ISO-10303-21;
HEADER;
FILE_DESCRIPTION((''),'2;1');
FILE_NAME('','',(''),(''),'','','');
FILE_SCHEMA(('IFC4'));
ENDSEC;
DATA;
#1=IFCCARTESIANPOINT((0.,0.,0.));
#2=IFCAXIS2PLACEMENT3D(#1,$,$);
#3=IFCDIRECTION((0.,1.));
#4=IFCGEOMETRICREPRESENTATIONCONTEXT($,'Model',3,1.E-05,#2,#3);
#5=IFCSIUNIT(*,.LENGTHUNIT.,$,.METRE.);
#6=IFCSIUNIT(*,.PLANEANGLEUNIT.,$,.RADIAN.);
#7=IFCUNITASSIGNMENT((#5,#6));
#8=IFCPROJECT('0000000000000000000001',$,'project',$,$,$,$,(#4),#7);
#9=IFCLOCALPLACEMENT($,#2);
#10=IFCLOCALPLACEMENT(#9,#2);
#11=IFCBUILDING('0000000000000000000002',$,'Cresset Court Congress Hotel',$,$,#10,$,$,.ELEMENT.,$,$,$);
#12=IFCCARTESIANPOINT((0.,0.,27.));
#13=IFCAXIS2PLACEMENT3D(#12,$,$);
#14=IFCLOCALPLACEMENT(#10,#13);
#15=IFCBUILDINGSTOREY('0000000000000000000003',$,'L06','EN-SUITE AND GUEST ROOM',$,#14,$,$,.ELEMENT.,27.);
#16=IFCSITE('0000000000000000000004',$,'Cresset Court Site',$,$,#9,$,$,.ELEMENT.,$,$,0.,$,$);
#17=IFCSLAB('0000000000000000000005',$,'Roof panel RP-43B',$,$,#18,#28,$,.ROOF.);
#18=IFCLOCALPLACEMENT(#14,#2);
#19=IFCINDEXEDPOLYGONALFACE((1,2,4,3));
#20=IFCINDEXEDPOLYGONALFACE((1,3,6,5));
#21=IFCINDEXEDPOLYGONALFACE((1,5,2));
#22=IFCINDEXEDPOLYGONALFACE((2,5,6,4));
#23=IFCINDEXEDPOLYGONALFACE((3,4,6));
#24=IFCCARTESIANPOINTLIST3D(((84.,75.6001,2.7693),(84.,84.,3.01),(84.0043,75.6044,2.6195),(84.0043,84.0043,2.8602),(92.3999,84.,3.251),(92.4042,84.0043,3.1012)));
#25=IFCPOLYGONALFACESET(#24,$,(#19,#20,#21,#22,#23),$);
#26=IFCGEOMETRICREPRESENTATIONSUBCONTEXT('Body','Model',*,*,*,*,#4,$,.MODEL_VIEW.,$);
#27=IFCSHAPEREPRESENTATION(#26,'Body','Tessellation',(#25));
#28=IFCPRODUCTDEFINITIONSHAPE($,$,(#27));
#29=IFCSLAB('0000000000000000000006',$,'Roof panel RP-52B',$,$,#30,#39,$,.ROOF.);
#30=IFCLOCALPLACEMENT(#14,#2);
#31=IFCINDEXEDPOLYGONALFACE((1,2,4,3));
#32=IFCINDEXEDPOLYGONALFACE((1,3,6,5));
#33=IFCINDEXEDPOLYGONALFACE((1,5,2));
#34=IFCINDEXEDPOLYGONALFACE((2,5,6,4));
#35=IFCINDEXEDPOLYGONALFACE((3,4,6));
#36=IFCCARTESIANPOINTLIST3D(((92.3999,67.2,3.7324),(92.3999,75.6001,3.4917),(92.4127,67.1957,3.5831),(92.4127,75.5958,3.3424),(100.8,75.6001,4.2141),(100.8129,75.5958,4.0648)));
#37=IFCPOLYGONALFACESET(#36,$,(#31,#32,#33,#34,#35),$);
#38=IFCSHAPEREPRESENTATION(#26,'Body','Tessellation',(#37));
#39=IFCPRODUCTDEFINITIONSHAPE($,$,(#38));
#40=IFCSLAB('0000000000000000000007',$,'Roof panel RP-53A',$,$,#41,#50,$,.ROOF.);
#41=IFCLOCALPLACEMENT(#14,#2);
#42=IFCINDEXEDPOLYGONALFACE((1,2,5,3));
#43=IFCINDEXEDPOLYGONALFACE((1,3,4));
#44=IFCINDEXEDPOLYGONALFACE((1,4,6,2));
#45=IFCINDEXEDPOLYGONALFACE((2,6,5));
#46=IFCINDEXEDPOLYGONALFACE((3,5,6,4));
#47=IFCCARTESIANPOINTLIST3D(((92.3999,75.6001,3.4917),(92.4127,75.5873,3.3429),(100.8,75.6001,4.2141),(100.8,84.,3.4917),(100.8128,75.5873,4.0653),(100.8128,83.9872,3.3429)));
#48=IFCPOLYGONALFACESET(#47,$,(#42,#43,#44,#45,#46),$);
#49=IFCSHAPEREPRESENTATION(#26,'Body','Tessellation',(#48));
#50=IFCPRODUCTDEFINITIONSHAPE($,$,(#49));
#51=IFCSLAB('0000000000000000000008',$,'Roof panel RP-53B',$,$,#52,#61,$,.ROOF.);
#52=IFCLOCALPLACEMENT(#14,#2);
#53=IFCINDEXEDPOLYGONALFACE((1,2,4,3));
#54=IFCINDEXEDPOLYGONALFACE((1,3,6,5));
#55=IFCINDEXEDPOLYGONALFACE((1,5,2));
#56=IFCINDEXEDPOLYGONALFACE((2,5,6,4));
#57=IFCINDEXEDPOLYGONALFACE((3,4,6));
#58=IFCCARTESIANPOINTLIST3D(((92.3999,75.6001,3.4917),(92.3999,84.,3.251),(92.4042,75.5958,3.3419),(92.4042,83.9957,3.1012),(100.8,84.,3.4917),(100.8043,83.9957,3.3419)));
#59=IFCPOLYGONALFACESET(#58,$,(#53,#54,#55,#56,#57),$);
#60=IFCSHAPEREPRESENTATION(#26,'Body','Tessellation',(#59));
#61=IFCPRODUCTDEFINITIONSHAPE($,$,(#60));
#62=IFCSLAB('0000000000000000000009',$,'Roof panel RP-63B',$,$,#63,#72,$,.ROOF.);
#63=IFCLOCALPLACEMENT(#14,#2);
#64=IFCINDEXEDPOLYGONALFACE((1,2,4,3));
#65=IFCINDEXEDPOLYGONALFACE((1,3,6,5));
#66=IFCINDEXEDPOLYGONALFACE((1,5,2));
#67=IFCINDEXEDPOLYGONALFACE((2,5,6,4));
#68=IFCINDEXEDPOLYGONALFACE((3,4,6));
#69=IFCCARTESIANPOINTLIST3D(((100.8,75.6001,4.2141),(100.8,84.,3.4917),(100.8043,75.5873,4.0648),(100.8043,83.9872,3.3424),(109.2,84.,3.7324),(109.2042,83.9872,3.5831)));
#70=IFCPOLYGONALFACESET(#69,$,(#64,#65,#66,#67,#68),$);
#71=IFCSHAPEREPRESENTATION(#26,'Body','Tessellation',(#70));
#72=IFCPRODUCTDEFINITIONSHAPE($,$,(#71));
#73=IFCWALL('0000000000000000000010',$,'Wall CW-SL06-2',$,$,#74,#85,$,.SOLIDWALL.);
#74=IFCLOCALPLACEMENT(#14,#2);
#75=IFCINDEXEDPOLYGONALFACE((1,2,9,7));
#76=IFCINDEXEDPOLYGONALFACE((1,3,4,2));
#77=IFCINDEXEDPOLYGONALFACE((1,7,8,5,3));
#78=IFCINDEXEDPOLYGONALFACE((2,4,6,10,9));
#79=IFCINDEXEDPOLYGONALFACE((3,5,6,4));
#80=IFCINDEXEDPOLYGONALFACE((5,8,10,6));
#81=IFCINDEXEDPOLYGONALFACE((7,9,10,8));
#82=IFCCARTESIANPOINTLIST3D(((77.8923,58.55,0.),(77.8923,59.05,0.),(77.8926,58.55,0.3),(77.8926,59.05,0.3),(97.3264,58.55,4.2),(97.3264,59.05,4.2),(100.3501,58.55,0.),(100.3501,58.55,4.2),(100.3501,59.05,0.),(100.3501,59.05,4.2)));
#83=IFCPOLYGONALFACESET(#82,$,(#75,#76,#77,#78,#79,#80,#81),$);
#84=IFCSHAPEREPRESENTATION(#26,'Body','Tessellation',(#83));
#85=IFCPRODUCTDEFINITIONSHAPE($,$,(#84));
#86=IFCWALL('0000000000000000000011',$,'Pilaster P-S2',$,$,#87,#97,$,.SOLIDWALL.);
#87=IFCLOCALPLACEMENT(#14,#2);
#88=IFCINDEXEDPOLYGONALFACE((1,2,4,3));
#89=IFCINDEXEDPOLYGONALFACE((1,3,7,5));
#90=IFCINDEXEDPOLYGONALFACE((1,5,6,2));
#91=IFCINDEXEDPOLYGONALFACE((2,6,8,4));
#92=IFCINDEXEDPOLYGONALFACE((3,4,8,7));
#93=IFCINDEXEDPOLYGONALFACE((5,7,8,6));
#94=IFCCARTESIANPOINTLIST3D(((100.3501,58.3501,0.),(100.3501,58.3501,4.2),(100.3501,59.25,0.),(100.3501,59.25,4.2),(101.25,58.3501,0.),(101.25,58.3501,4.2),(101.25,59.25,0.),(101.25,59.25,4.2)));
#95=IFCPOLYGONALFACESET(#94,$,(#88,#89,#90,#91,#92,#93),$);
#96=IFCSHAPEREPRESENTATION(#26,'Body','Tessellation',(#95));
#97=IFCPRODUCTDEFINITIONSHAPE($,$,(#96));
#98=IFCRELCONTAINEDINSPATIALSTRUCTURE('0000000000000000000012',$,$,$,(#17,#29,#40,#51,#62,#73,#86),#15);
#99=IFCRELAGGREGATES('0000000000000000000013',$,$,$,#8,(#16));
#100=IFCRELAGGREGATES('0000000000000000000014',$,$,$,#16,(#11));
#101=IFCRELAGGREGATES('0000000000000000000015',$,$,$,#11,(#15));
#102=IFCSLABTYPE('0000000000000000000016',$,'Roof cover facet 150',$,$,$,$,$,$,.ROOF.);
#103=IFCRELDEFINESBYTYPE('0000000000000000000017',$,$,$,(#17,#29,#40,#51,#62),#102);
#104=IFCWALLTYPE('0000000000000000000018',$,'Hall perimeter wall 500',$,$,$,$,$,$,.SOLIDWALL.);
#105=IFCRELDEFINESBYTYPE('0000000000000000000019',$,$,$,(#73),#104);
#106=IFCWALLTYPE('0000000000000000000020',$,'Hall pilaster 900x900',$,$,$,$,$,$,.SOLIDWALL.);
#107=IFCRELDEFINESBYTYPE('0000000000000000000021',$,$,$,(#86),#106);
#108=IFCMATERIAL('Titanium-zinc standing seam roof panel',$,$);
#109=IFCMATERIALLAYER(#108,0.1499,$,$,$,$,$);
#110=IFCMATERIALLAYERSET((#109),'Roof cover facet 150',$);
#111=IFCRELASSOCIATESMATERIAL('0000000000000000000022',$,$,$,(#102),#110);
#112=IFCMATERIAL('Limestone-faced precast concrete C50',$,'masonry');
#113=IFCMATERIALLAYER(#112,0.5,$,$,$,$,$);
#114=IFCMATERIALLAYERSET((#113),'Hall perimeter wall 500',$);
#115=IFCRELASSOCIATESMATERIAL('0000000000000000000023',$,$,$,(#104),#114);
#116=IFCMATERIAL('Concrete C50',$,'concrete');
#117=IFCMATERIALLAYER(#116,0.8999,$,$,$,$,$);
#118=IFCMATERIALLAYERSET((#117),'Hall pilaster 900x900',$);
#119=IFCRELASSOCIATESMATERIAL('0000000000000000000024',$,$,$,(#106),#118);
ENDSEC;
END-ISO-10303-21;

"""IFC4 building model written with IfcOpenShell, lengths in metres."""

from ifc_helpers import new_model, si_unit, direction, frame, frame_2d, origin, place, context, subcontext, project, spatial, polyline, rectangle, outline, extrude, material, layer, layer_set, type_object, element, save


model = new_model("IFC4")

# Units and contexts
model_context = context("Model", 3, precision=1e-05, world=origin(), true_north=direction((0.0, 1.0)))
body_context = subcontext(model_context, "Body", "Model", "MODEL_VIEW")
ifc_project = project(units=[si_unit("LENGTHUNIT", "METRE"), si_unit("PLANEANGLEUNIT", "RADIAN")], contexts=[model_context])

# Site, building, storey
site_placement = place(None, origin())
site = spatial("IfcSite", under=ifc_project, at=site_placement, Name="Cresset Court Site", CompositionType="ELEMENT", RefElevation=0.0)
building_placement = place(site_placement, origin())
building = spatial("IfcBuilding", under=site, at=building_placement, Name="Cresset Court Congress Hotel", CompositionType="ELEMENT")
storey_placement = place(building_placement, frame((0.0, 0.0, 27.0)))
storey = spatial("IfcBuildingStorey", under=building, at=storey_placement, Name="L06", Description="EN-SUITE AND GUEST ROOM", CompositionType="ELEMENT", Elevation=27.0)

# Slabs
ifc_material_1 = material(Name="Titanium-zinc standing seam roof panel")
ifc_layer_1 = layer(ifc_material_1, 0.1499)
ifc_layer_set_1 = layer_set([ifc_layer_1], Name="Roof cover facet 150")
slab_type = type_object("IfcSlabType", Name="Roof cover facet 150", PredefinedType="ROOF", material=ifc_layer_set_1)
slab_1_placement = place(storey_placement, frame((84.0, 75.6001, 2.7693), z_axis=(-0.028663, -0.028634, 0.999179), x_axis=(0.706526, 0.706526, 0.040515)))
element("IfcSlab", 1, at=slab_1_placement, inside=storey, type_object=slab_type, Name="Roof panel RP-43B", PredefinedType="ROOF", context=body_context, shape_type="SweptSolid", body=[
    extrude(outline(polyline([(0.0, 0.0), (11.889, 0.0), (5.9445, 5.9396), (0.0, 0.0)])), origin(), (0.0, 0.0, -1.0), 0.1499),
])
slab_2_placement = place(storey_placement, frame((92.3999, 67.2, 3.7324), z_axis=(-0.085649, 0.02854, 0.995917), x_axis=(0.706526, 0.706526, 0.040514)))
element("IfcSlab", 2, at=slab_2_placement, inside=storey, type_object=slab_type, Name="Roof panel RP-52B", PredefinedType="ROOF", context=body_context, shape_type="SweptSolid", body=[
    extrude(outline(polyline([(0.0, 0.0), (11.8894, 0.0), (5.9252, 5.9593), (0.0, 0.0)])), origin(), (0.0, 0.0, -1.0), 0.1499),
])
slab_3_placement = place(storey_placement, frame((92.3999, 75.6001, 3.4917), z_axis=(-0.085371, 0.085373, 0.992685), x_axis=(0.996322, 0.0, 0.085684)))
element("IfcSlab", 3, at=slab_3_placement, inside=storey, type_object=slab_type, Name="Roof panel RP-53A", PredefinedType="ROOF", context=body_context, shape_type="SweptSolid", body=[
    extrude(outline(polyline([(0.0, 0.0), (8.4312, 0.0), (8.3693, 8.4307), (0.0, 0.0)])), origin(), (0.0, 0.0, -1.0), 0.1499),
])
slab_4_placement = place(storey_placement, frame((92.3999, 75.6001, 3.4917), z_axis=(-0.028633, 0.028634, 0.99918), x_axis=(0.707117, 0.707097, 0.0)))
element("IfcSlab", 4, at=slab_4_placement, inside=storey, type_object=slab_type, Name="Roof panel RP-53B", PredefinedType="ROOF", context=body_context, shape_type="SweptSolid", body=[
    extrude(outline(polyline([(0.0, 0.0), (11.8794, 0.0), (5.9395, 5.9446), (0.0, 0.0)])), origin(), (0.0, 0.0, -1.0), 0.1499),
])
slab_5_placement = place(storey_placement, frame((100.8, 75.6001, 4.2141), z_axis=(-0.028541, 0.085651, 0.995916), x_axis=(0.706526, 0.706526, -0.040515)))
element("IfcSlab", 5, at=slab_5_placement, inside=storey, type_object=slab_type, Name="Roof panel RP-63B", PredefinedType="ROOF", context=body_context, shape_type="SweptSolid", body=[
    extrude(outline(polyline([(0.0, 0.0), (11.889, 0.0), (5.964, 5.9591), (0.0, 0.0)])), origin(), (0.0, 0.0, -1.0), 0.1499),
])

# Walls
ifc_material_2 = material(Name="Limestone-faced precast concrete C50", Category="masonry")
ifc_layer_2 = layer(ifc_material_2, 0.5)
ifc_layer_set_2 = layer_set([ifc_layer_2], Name="Hall perimeter wall 500")
wall_type_1 = type_object("IfcWallType", Name="Hall perimeter wall 500", PredefinedType="SOLIDWALL", material=ifc_layer_set_2)
wall_1_placement = place(storey_placement, frame((100.3501, 58.8, 0.0), z_axis=(0.0, 0.0, 1.0), x_axis=(-1.0, 0.0, 0.0)))
element("IfcWall", 6, at=wall_1_placement, inside=storey, type_object=wall_type_1, Name="Wall CW-SL06-2", PredefinedType="SOLIDWALL", context=body_context, shape_type="SweptSolid", body=[
    extrude(outline(polyline([(0.0, 0.0), (22.4578, 0.0), (22.4575, 0.3), (3.0237, 4.2), (0.0, 4.2), (0.0, 0.0)])), frame((0.0, 0.25, 0.0), z_axis=(0.0, -1.0, 0.0), x_axis=(1.0, 0.0, 0.0)), (0.0, 0.0, 1.0), 0.5),
])
ifc_material_3 = material(Name="Concrete C50", Category="concrete")
ifc_layer_3 = layer(ifc_material_3, 0.8999)
ifc_layer_set_3 = layer_set([ifc_layer_3], Name="Hall pilaster 900x900")
wall_type_2 = type_object("IfcWallType", Name="Hall pilaster 900x900", PredefinedType="SOLIDWALL", material=ifc_layer_set_3)
wall_2_placement = place(storey_placement, frame((100.3501, 58.8, 0.0), z_axis=(0.0, 0.0, 1.0), x_axis=(1.0, 0.0, 0.0)))
element("IfcWall", 7, at=wall_2_placement, inside=storey, type_object=wall_type_2, Name="Pilaster P-S2", PredefinedType="SOLIDWALL", context=body_context, shape_type="SweptSolid", body=[
    extrude(rectangle(XDim=0.8999, YDim=0.8999, at=frame_2d((0.45, 0.0))), origin(), (0.0, 0.0, 1.0), 4.2),
])

save(model, "model.ifc")
